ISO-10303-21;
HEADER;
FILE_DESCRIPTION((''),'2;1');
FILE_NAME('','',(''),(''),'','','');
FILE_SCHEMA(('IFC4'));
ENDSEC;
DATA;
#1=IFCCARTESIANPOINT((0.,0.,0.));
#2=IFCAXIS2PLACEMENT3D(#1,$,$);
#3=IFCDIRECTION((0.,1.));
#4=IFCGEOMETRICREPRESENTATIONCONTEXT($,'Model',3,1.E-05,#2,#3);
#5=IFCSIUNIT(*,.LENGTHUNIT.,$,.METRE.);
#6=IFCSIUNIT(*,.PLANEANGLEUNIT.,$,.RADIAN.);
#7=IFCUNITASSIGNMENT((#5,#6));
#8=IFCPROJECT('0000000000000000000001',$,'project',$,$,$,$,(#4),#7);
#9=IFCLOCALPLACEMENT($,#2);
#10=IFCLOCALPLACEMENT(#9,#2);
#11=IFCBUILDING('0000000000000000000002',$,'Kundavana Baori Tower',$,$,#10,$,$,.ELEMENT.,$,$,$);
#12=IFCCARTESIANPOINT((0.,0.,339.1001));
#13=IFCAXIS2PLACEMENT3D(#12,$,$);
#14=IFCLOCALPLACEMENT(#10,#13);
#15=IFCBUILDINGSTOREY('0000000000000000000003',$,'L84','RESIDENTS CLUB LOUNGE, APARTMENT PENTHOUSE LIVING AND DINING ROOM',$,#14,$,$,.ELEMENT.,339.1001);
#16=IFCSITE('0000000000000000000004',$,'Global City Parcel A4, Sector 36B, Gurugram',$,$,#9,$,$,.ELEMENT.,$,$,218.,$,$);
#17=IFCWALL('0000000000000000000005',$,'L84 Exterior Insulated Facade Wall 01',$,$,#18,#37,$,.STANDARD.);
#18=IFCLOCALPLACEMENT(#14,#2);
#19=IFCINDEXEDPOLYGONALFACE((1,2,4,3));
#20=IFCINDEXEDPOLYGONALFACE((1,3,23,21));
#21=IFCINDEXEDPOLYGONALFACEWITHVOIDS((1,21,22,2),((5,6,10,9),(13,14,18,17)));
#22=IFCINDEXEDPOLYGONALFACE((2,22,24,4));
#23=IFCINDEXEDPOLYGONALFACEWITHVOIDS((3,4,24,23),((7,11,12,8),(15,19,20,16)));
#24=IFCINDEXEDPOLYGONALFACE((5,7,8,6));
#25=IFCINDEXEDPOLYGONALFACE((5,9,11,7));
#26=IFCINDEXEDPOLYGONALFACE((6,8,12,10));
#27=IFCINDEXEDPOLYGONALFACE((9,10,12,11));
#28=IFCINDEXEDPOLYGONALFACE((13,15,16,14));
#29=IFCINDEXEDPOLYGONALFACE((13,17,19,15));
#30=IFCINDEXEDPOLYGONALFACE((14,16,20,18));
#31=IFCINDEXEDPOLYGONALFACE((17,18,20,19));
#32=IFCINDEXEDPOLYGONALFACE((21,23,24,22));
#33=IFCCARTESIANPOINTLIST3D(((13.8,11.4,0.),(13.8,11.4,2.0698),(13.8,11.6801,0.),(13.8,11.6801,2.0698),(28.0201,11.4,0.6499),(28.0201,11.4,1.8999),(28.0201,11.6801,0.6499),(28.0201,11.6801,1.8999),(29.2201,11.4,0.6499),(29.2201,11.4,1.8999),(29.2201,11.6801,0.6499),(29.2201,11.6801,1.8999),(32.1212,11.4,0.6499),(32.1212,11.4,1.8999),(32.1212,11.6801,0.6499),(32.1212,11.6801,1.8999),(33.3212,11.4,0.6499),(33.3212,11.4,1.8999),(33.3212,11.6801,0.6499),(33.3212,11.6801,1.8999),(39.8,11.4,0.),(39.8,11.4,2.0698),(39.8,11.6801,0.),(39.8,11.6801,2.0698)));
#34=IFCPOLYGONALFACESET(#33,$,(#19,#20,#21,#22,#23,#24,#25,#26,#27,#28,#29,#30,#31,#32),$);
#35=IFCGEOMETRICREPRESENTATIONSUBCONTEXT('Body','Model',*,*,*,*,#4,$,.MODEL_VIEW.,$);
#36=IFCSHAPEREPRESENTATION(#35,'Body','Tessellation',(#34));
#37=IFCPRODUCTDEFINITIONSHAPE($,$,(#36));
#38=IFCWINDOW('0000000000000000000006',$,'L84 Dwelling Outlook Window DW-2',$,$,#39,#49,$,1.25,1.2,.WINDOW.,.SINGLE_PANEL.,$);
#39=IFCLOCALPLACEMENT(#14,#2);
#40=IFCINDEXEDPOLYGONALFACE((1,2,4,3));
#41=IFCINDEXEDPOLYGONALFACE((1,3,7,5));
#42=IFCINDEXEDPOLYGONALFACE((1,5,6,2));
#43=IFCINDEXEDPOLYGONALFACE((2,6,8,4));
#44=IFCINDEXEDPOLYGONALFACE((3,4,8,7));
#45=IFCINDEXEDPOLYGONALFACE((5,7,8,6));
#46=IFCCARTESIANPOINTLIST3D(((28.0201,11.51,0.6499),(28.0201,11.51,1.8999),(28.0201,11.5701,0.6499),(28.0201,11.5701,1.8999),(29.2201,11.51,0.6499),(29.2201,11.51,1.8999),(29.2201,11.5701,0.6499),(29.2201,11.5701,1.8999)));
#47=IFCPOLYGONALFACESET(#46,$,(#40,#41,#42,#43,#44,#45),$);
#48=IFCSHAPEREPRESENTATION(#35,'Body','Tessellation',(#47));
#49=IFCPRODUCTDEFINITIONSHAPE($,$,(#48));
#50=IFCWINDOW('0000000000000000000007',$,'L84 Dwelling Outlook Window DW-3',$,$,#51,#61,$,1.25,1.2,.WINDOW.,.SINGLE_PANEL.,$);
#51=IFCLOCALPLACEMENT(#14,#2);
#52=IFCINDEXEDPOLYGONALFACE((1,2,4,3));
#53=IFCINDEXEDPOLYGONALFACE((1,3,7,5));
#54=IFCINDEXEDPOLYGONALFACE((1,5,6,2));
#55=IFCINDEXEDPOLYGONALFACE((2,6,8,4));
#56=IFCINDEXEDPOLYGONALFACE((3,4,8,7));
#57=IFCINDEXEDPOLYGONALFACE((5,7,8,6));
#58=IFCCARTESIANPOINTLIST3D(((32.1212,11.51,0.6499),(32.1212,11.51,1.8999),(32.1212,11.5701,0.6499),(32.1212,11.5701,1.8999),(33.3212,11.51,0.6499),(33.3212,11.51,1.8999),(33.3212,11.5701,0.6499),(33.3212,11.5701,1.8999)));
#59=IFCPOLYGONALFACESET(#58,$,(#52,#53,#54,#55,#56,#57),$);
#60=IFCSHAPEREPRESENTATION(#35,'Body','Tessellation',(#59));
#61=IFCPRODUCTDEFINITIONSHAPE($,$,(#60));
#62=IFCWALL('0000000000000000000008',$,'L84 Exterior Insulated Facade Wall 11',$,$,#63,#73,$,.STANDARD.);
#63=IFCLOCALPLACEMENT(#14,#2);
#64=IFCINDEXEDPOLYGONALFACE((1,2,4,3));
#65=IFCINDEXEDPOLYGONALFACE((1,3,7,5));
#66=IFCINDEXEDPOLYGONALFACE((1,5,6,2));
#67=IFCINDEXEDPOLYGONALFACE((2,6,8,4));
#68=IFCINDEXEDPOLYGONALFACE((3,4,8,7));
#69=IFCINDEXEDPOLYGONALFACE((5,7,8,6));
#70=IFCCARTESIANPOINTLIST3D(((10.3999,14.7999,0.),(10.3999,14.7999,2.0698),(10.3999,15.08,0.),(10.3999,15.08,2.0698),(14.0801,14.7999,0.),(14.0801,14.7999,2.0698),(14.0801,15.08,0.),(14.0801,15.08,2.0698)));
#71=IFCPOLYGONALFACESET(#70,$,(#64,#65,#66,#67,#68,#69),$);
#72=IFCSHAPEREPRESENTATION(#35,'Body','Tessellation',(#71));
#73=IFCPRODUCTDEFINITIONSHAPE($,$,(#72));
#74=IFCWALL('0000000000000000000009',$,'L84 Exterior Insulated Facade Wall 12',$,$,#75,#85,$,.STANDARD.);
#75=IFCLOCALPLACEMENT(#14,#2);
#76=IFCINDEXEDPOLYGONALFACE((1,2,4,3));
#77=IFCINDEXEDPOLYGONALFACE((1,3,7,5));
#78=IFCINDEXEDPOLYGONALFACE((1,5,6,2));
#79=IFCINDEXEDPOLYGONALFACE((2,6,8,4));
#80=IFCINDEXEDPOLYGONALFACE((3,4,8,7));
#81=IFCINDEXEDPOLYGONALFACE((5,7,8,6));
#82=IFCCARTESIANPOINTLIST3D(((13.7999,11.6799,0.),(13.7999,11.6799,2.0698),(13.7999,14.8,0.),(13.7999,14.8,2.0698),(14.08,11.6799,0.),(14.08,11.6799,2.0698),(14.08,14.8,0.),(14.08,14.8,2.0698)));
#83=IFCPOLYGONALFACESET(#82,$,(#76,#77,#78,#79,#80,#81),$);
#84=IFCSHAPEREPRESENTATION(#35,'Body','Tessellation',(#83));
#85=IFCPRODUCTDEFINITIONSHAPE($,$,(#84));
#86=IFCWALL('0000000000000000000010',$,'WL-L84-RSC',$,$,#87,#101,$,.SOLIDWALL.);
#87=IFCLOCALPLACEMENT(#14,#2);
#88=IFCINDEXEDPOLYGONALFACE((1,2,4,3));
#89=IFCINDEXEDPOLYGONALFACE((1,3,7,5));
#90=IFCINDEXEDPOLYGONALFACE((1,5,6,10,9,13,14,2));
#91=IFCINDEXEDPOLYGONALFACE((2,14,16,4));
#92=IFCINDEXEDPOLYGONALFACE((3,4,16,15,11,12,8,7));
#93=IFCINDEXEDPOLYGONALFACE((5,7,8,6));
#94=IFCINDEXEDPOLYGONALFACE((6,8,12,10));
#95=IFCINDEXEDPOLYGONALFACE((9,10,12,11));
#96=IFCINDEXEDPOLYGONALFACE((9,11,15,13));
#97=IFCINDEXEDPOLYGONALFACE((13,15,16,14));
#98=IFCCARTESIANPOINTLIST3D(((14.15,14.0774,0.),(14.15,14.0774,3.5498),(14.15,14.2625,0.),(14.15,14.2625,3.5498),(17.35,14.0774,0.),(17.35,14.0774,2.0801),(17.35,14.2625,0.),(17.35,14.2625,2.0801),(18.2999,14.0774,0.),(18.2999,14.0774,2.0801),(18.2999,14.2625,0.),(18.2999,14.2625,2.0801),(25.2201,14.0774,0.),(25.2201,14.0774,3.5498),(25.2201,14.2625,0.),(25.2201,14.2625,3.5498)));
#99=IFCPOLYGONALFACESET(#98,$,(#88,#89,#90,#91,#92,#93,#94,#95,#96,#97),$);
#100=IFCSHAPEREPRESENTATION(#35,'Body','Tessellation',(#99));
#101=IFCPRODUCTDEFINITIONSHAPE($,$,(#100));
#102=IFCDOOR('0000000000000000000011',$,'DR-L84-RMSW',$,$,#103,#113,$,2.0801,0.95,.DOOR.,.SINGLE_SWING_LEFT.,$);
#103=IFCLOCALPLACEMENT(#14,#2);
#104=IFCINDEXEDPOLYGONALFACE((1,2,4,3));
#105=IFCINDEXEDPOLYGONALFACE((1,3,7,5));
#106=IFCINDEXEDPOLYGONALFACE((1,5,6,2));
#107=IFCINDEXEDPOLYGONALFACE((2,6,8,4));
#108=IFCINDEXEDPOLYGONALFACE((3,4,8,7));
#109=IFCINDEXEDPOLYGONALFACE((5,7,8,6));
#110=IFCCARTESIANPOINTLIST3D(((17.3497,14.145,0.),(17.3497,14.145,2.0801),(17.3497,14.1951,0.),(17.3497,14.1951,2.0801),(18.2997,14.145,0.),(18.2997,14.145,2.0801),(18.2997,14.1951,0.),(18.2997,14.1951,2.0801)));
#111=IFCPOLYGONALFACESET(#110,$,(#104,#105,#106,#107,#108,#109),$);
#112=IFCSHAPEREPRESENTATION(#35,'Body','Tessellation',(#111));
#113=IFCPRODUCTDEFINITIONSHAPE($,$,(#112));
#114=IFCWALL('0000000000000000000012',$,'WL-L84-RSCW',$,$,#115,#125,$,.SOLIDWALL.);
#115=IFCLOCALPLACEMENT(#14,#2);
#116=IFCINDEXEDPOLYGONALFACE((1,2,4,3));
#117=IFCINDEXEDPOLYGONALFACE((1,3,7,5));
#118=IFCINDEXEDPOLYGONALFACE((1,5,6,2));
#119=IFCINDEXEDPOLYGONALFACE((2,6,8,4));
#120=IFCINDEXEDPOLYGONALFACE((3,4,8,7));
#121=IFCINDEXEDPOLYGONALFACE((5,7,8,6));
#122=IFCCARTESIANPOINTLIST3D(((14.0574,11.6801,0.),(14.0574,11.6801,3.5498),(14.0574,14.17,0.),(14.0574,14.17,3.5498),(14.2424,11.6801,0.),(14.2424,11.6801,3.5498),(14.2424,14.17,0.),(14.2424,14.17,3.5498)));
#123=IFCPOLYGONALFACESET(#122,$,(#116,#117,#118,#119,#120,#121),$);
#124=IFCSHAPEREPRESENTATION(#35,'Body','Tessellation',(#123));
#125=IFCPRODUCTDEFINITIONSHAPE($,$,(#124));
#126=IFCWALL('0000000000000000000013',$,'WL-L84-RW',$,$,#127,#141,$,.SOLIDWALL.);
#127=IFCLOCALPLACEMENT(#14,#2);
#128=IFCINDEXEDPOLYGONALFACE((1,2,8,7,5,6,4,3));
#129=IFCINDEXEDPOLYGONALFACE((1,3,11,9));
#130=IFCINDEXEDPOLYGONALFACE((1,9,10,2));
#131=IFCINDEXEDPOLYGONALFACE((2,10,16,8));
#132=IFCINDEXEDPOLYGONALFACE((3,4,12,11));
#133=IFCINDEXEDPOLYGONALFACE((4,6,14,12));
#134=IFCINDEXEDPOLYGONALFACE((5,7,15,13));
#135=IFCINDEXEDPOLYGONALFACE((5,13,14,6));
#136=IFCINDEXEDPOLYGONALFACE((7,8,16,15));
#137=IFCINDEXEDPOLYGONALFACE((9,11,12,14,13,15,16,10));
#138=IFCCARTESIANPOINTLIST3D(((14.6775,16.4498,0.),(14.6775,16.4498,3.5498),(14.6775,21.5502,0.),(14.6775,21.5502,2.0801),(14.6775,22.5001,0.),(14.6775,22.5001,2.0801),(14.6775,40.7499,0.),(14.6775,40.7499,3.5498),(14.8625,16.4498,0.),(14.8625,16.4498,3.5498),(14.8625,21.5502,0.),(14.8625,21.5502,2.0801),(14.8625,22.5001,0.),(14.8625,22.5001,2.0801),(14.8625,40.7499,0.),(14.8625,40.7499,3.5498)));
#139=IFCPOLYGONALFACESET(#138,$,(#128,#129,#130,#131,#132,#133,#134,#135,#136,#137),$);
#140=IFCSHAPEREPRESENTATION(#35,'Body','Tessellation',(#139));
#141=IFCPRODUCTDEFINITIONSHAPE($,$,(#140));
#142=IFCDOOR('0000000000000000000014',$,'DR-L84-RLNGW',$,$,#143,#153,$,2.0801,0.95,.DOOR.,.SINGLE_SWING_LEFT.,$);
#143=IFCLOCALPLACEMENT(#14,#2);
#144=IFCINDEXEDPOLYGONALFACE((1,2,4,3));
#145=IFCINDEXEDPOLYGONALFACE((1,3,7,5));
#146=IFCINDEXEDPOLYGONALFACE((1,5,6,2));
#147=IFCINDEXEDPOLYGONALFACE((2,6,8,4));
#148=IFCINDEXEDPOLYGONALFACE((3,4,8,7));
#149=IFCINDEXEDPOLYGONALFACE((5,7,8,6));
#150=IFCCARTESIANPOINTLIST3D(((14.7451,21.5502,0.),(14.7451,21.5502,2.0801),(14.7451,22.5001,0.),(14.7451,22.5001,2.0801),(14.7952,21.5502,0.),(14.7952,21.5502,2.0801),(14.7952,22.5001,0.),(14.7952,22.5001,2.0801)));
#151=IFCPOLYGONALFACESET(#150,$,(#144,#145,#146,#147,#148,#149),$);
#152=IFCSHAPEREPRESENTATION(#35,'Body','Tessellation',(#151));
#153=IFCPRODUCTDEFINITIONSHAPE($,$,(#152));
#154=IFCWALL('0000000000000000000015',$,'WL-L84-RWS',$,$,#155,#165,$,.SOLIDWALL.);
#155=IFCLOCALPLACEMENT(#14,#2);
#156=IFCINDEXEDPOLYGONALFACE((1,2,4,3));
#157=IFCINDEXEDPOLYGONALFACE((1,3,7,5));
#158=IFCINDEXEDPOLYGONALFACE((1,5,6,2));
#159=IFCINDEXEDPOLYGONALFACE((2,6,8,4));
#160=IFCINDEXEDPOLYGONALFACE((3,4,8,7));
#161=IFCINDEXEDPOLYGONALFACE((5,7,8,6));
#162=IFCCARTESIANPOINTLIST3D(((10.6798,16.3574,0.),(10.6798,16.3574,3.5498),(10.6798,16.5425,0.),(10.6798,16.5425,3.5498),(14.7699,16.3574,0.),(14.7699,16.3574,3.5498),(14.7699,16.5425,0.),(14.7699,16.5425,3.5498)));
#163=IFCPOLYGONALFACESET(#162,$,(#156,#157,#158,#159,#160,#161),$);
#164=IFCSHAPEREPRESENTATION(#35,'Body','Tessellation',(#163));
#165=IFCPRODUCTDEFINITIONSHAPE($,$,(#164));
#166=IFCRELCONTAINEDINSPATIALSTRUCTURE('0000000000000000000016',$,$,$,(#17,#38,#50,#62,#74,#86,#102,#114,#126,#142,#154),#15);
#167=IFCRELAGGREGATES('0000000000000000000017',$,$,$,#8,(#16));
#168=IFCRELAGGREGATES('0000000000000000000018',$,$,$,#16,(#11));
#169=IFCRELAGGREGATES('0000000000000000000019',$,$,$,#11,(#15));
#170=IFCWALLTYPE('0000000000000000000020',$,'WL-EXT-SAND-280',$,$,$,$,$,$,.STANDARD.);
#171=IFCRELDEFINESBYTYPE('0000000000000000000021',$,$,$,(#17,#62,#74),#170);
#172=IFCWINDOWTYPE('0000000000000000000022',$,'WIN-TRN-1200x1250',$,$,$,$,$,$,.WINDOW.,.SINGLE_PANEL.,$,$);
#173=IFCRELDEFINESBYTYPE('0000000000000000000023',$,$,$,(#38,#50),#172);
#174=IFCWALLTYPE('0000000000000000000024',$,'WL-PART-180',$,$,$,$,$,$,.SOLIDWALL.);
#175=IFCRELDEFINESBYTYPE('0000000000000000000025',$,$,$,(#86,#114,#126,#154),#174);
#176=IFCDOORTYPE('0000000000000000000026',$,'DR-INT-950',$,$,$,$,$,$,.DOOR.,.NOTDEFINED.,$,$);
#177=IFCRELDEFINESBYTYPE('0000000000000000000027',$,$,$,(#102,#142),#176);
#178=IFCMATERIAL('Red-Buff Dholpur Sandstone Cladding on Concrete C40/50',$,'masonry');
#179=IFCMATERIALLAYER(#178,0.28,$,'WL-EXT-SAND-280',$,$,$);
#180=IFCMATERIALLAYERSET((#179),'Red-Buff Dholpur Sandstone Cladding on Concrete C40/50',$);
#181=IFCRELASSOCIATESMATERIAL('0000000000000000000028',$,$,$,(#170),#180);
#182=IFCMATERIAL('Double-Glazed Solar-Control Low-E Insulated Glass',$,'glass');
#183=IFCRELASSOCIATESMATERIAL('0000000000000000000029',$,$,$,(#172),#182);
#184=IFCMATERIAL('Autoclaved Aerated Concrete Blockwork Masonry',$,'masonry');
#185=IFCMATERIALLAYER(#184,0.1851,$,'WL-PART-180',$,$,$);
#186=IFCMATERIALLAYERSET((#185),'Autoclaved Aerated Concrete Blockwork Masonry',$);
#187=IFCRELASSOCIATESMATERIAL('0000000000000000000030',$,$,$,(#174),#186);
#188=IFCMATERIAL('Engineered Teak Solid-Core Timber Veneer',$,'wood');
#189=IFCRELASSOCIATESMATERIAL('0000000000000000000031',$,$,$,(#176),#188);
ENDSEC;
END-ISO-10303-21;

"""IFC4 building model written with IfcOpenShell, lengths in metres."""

from ifc_helpers import new_model, si_unit, direction, frame, frame_2d, origin, place, context, subcontext, project, spatial, rectangle, extrude, material, layer, layer_set, type_object, element, fill, save


model = new_model("IFC4")

# Units and contexts
model_context = context("Model", 3, precision=1e-05, world=origin(), true_north=direction((0.0, 1.0)))
body_context = subcontext(model_context, "Body", "Model", "MODEL_VIEW")
ifc_project = project(units=[si_unit("LENGTHUNIT", "METRE"), si_unit("PLANEANGLEUNIT", "RADIAN")], contexts=[model_context])

# Site, building, storey
site_placement = place(None, origin())
site = spatial("IfcSite", under=ifc_project, at=site_placement, Name="Global City Parcel A4, Sector 36B, Gurugram", CompositionType="ELEMENT", RefElevation=218.0)
building_placement = place(site_placement, origin())
building = spatial("IfcBuilding", under=site, at=building_placement, Name="Kundavana Baori Tower", CompositionType="ELEMENT")
storey_placement = place(building_placement, frame((0.0, 0.0, 339.1001)))
storey = spatial("IfcBuildingStorey", under=building, at=storey_placement, Name="L84", Description="RESIDENTS CLUB LOUNGE, APARTMENT PENTHOUSE LIVING AND DINING ROOM", CompositionType="ELEMENT", Elevation=339.1001)

# Wall, openings, windows
ifc_material_1 = material(Name="Red-Buff Dholpur Sandstone Cladding on Concrete C40/50", Category="masonry")
ifc_layer_1 = layer(ifc_material_1, 0.28, Name="WL-EXT-SAND-280")
ifc_layer_set_1 = layer_set([ifc_layer_1], Name="Red-Buff Dholpur Sandstone Cladding on Concrete C40/50")
wall_type_1 = type_object("IfcWallType", Name="WL-EXT-SAND-280", PredefinedType="STANDARD", material=ifc_layer_set_1)
wall_1_placement = place(storey_placement, frame((13.8, 11.54, 0.0), z_axis=(0.0, 0.0, 1.0), x_axis=(1.0, 0.0, 0.0)))
wall_1 = element("IfcWall", 1, at=wall_1_placement, inside=storey, type_object=wall_type_1, Name="L84 Exterior Insulated Facade Wall 01", PredefinedType="STANDARD", context=body_context, shape_type="SweptSolid", body=[
    extrude(rectangle(XDim=26.0, YDim=0.28, at=frame_2d((13.0, 0.0))), origin(), (0.0, 0.0, 1.0), 2.0698),
])
opening_1_placement = place(wall_1_placement, frame((14.22, 0.0, 0.6499)))
opening_1 = element("IfcOpeningElement", 2, at=opening_1_placement, cuts=wall_1, PredefinedType="OPENING", context=body_context, shape_type="SweptSolid", body=[
    extrude(rectangle(XDim=1.2, YDim=1.25, at=frame_2d((0.6001, 0.625))), frame((0.0, 0.1499, 0.0), z_axis=(0.0, -1.0, 0.0), x_axis=(1.0, 0.0, 0.0)), (0.0, 0.0, 1.0), 0.3),
])
opening_2_placement = place(wall_1_placement, frame((18.321, 0.0, 0.6499)))
opening_2 = element("IfcOpeningElement", 3, at=opening_2_placement, cuts=wall_1, PredefinedType="OPENING", context=body_context, shape_type="SweptSolid", body=[
    extrude(rectangle(XDim=1.2, YDim=1.25, at=frame_2d((0.6001, 0.625))), frame((0.0, 0.1499, 0.0), z_axis=(0.0, -1.0, 0.0), x_axis=(1.0, 0.0, 0.0)), (0.0, 0.0, 1.0), 0.3),
])
ifc_material_2 = material(Name="Double-Glazed Solar-Control Low-E Insulated Glass", Category="glass")
window_type = type_object("IfcWindowType", Name="WIN-TRN-1200x1250", PartitioningType="SINGLE_PANEL", PredefinedType="WINDOW", material=ifc_material_2)
window_1_placement = place(opening_1_placement, origin())
window_1 = element("IfcWindow", 4, at=window_1_placement, inside=storey, type_object=window_type, Name="L84 Dwelling Outlook Window DW-2", OverallHeight=1.25, OverallWidth=1.2, PartitioningType="SINGLE_PANEL", PredefinedType="WINDOW", context=body_context, shape_type="SweptSolid", body=[
    extrude(rectangle(XDim=1.2, YDim=1.25, at=frame_2d((0.6001, 0.625))), frame((0.0, 0.03, 0.0), z_axis=(0.0, -1.0, 0.0), x_axis=(1.0, 0.0, 0.0)), (0.0, 0.0, 1.0), 0.0601),
])
fill(opening_1, window_1)
window_2_placement = place(opening_2_placement, origin())
window_2 = element("IfcWindow", 5, at=window_2_placement, inside=storey, type_object=window_type, Name="L84 Dwelling Outlook Window DW-3", OverallHeight=1.25, OverallWidth=1.2, PartitioningType="SINGLE_PANEL", PredefinedType="WINDOW", context=body_context, shape_type="SweptSolid", body=[
    extrude(rectangle(XDim=1.2, YDim=1.25, at=frame_2d((0.6001, 0.625))), frame((0.0, 0.03, 0.0), z_axis=(0.0, -1.0, 0.0), x_axis=(1.0, 0.0, 0.0)), (0.0, 0.0, 1.0), 0.0601),
])
fill(opening_2, window_2)

# Walls
wall_2_placement = place(storey_placement, frame((10.3999, 14.9399, 0.0), z_axis=(0.0, 0.0, 1.0), x_axis=(1.0, 0.0, 0.0)))
element("IfcWall", 6, at=wall_2_placement, inside=storey, type_object=wall_type_1, Name="L84 Exterior Insulated Facade Wall 11", PredefinedType="STANDARD", context=body_context, shape_type="SweptSolid", body=[
    extrude(rectangle(XDim=3.6802, YDim=0.28, at=frame_2d((1.8401, 0.0))), origin(), (0.0, 0.0, 1.0), 2.0698),
])
wall_3_placement = place(storey_placement, frame((13.9399, 14.8, 0.0), z_axis=(0.0, 0.0, 1.0), x_axis=(0.0, -1.0, 0.0)))
element("IfcWall", 7, at=wall_3_placement, inside=storey, type_object=wall_type_1, Name="L84 Exterior Insulated Facade Wall 12", PredefinedType="STANDARD", context=body_context, shape_type="SweptSolid", body=[
    extrude(rectangle(XDim=3.1201, YDim=0.28, at=frame_2d((1.5601, 0.0))), origin(), (0.0, 0.0, 1.0), 2.0698),
])

# Wall, opening, door
ifc_material_3 = material(Name="Autoclaved Aerated Concrete Blockwork Masonry", Category="masonry")
ifc_layer_2 = layer(ifc_material_3, 0.1851, Name="WL-PART-180")
ifc_layer_set_2 = layer_set([ifc_layer_2], Name="Autoclaved Aerated Concrete Blockwork Masonry")
wall_type_2 = type_object("IfcWallType", Name="WL-PART-180", PredefinedType="SOLIDWALL", material=ifc_layer_set_2)
wall_4_placement = place(storey_placement, frame((14.1499, 14.1699, 0.0), z_axis=(0.0, 0.0, 1.0), x_axis=(1.0, 0.0, 0.0)))
wall_4 = element("IfcWall", 8, at=wall_4_placement, inside=storey, type_object=wall_type_2, Name="WL-L84-RSC", PredefinedType="SOLIDWALL", context=body_context, shape_type="SweptSolid", body=[
    extrude(rectangle(XDim=11.0701, YDim=0.1851, at=frame_2d((5.5352, 0.0))), origin(), (0.0, 0.0, 1.0), 3.5498),
])
opening_3_placement = place(wall_4_placement, frame((3.2, 0.0, 0.0)))
opening_3 = element("IfcOpeningElement", 9, at=opening_3_placement, cuts=wall_4, PredefinedType="OPENING", context=body_context, shape_type="SweptSolid", body=[
    extrude(rectangle(XDim=0.95, YDim=2.0801, at=frame_2d((0.4751, 1.04))), frame((0.0, 0.1025, 0.0), z_axis=(0.0, -1.0, 0.0), x_axis=(1.0, 0.0, 0.0)), (0.0, 0.0, 1.0), 0.2051),
])
ifc_material_4 = material(Name="Engineered Teak Solid-Core Timber Veneer", Category="wood")
door_type = type_object("IfcDoorType", Name="DR-INT-950", OperationType="NOTDEFINED", PredefinedType="DOOR", material=ifc_material_4)
door_1_placement = place(opening_3_placement, frame((0.95, 0.0, 0.0), z_axis=(0.0, 0.0, 1.0), x_axis=(-1.0, 0.0, 0.0)))
door_1 = element("IfcDoor", 10, at=door_1_placement, inside=storey, type_object=door_type, Name="DR-L84-RMSW", OperationType="SINGLE_SWING_LEFT", OverallHeight=2.0801, OverallWidth=0.95, PredefinedType="DOOR", context=body_context, shape_type="SweptSolid", body=[
    extrude(rectangle(XDim=0.95, YDim=2.0801, at=frame_2d((0.4751, 1.04))), frame((0.0, 0.0249, 0.0), z_axis=(0.0, -1.0, 0.0), x_axis=(1.0, 0.0, 0.0)), (0.0, 0.0, 1.0), 0.05),
])
fill(opening_3, door_1)

# Wall
wall_5_placement = place(storey_placement, frame((14.1499, 11.6799, 0.0), z_axis=(0.0, 0.0, 1.0), x_axis=(0.0, 1.0, 0.0)))
element("IfcWall", 11, at=wall_5_placement, inside=storey, type_object=wall_type_2, Name="WL-L84-RSCW", PredefinedType="SOLIDWALL", context=body_context, shape_type="SweptSolid", body=[
    extrude(rectangle(XDim=2.49, YDim=0.1851, at=frame_2d((1.2451, 0.0))), origin(), (0.0, 0.0, 1.0), 3.5498),
])

# Wall, opening, door
wall_6_placement = place(storey_placement, frame((14.77, 16.45, 0.0), z_axis=(0.0, 0.0, 1.0), x_axis=(0.0, 1.0, 0.0)))
wall_6 = element("IfcWall", 12, at=wall_6_placement, inside=storey, type_object=wall_type_2, Name="WL-L84-RW", PredefinedType="SOLIDWALL", context=body_context, shape_type="SweptSolid", body=[
    extrude(rectangle(XDim=24.3, YDim=0.1851, at=frame_2d((12.1499, 0.0))), origin(), (0.0, 0.0, 1.0), 3.5498),
])
opening_4_placement = place(wall_6_placement, frame((5.1001, 0.0, 0.0)))
opening_4 = element("IfcOpeningElement", 13, at=opening_4_placement, cuts=wall_6, PredefinedType="OPENING", context=body_context, shape_type="SweptSolid", body=[
    extrude(rectangle(XDim=0.95, YDim=2.0801, at=frame_2d((0.4751, 1.04))), frame((0.0, 0.1025, 0.0), z_axis=(0.0, -1.0, 0.0), x_axis=(1.0, 0.0, 0.0)), (0.0, 0.0, 1.0), 0.2051),
])
door_2_placement = place(opening_4_placement, origin())
door_2 = element("IfcDoor", 14, at=door_2_placement, inside=storey, type_object=door_type, Name="DR-L84-RLNGW", OperationType="SINGLE_SWING_LEFT", OverallHeight=2.0801, OverallWidth=0.95, PredefinedType="DOOR", context=body_context, shape_type="SweptSolid", body=[
    extrude(rectangle(XDim=0.95, YDim=2.0801, at=frame_2d((0.4751, 1.04))), frame((0.0, 0.0249, 0.0), z_axis=(0.0, -1.0, 0.0), x_axis=(1.0, 0.0, 0.0)), (0.0, 0.0, 1.0), 0.05),
])
fill(opening_4, door_2)

# Wall
wall_7_placement = place(storey_placement, frame((10.6799, 16.45, 0.0), z_axis=(0.0, 0.0, 1.0), x_axis=(1.0, 0.0, 0.0)))
element("IfcWall", 15, at=wall_7_placement, inside=storey, type_object=wall_type_2, Name="WL-L84-RWS", PredefinedType="SOLIDWALL", context=body_context, shape_type="SweptSolid", body=[
    extrude(rectangle(XDim=4.0901, YDim=0.1851, at=frame_2d((2.0449, 0.0))), origin(), (0.0, 0.0, 1.0), 3.5498),
])

save(model, "model.ifc")
